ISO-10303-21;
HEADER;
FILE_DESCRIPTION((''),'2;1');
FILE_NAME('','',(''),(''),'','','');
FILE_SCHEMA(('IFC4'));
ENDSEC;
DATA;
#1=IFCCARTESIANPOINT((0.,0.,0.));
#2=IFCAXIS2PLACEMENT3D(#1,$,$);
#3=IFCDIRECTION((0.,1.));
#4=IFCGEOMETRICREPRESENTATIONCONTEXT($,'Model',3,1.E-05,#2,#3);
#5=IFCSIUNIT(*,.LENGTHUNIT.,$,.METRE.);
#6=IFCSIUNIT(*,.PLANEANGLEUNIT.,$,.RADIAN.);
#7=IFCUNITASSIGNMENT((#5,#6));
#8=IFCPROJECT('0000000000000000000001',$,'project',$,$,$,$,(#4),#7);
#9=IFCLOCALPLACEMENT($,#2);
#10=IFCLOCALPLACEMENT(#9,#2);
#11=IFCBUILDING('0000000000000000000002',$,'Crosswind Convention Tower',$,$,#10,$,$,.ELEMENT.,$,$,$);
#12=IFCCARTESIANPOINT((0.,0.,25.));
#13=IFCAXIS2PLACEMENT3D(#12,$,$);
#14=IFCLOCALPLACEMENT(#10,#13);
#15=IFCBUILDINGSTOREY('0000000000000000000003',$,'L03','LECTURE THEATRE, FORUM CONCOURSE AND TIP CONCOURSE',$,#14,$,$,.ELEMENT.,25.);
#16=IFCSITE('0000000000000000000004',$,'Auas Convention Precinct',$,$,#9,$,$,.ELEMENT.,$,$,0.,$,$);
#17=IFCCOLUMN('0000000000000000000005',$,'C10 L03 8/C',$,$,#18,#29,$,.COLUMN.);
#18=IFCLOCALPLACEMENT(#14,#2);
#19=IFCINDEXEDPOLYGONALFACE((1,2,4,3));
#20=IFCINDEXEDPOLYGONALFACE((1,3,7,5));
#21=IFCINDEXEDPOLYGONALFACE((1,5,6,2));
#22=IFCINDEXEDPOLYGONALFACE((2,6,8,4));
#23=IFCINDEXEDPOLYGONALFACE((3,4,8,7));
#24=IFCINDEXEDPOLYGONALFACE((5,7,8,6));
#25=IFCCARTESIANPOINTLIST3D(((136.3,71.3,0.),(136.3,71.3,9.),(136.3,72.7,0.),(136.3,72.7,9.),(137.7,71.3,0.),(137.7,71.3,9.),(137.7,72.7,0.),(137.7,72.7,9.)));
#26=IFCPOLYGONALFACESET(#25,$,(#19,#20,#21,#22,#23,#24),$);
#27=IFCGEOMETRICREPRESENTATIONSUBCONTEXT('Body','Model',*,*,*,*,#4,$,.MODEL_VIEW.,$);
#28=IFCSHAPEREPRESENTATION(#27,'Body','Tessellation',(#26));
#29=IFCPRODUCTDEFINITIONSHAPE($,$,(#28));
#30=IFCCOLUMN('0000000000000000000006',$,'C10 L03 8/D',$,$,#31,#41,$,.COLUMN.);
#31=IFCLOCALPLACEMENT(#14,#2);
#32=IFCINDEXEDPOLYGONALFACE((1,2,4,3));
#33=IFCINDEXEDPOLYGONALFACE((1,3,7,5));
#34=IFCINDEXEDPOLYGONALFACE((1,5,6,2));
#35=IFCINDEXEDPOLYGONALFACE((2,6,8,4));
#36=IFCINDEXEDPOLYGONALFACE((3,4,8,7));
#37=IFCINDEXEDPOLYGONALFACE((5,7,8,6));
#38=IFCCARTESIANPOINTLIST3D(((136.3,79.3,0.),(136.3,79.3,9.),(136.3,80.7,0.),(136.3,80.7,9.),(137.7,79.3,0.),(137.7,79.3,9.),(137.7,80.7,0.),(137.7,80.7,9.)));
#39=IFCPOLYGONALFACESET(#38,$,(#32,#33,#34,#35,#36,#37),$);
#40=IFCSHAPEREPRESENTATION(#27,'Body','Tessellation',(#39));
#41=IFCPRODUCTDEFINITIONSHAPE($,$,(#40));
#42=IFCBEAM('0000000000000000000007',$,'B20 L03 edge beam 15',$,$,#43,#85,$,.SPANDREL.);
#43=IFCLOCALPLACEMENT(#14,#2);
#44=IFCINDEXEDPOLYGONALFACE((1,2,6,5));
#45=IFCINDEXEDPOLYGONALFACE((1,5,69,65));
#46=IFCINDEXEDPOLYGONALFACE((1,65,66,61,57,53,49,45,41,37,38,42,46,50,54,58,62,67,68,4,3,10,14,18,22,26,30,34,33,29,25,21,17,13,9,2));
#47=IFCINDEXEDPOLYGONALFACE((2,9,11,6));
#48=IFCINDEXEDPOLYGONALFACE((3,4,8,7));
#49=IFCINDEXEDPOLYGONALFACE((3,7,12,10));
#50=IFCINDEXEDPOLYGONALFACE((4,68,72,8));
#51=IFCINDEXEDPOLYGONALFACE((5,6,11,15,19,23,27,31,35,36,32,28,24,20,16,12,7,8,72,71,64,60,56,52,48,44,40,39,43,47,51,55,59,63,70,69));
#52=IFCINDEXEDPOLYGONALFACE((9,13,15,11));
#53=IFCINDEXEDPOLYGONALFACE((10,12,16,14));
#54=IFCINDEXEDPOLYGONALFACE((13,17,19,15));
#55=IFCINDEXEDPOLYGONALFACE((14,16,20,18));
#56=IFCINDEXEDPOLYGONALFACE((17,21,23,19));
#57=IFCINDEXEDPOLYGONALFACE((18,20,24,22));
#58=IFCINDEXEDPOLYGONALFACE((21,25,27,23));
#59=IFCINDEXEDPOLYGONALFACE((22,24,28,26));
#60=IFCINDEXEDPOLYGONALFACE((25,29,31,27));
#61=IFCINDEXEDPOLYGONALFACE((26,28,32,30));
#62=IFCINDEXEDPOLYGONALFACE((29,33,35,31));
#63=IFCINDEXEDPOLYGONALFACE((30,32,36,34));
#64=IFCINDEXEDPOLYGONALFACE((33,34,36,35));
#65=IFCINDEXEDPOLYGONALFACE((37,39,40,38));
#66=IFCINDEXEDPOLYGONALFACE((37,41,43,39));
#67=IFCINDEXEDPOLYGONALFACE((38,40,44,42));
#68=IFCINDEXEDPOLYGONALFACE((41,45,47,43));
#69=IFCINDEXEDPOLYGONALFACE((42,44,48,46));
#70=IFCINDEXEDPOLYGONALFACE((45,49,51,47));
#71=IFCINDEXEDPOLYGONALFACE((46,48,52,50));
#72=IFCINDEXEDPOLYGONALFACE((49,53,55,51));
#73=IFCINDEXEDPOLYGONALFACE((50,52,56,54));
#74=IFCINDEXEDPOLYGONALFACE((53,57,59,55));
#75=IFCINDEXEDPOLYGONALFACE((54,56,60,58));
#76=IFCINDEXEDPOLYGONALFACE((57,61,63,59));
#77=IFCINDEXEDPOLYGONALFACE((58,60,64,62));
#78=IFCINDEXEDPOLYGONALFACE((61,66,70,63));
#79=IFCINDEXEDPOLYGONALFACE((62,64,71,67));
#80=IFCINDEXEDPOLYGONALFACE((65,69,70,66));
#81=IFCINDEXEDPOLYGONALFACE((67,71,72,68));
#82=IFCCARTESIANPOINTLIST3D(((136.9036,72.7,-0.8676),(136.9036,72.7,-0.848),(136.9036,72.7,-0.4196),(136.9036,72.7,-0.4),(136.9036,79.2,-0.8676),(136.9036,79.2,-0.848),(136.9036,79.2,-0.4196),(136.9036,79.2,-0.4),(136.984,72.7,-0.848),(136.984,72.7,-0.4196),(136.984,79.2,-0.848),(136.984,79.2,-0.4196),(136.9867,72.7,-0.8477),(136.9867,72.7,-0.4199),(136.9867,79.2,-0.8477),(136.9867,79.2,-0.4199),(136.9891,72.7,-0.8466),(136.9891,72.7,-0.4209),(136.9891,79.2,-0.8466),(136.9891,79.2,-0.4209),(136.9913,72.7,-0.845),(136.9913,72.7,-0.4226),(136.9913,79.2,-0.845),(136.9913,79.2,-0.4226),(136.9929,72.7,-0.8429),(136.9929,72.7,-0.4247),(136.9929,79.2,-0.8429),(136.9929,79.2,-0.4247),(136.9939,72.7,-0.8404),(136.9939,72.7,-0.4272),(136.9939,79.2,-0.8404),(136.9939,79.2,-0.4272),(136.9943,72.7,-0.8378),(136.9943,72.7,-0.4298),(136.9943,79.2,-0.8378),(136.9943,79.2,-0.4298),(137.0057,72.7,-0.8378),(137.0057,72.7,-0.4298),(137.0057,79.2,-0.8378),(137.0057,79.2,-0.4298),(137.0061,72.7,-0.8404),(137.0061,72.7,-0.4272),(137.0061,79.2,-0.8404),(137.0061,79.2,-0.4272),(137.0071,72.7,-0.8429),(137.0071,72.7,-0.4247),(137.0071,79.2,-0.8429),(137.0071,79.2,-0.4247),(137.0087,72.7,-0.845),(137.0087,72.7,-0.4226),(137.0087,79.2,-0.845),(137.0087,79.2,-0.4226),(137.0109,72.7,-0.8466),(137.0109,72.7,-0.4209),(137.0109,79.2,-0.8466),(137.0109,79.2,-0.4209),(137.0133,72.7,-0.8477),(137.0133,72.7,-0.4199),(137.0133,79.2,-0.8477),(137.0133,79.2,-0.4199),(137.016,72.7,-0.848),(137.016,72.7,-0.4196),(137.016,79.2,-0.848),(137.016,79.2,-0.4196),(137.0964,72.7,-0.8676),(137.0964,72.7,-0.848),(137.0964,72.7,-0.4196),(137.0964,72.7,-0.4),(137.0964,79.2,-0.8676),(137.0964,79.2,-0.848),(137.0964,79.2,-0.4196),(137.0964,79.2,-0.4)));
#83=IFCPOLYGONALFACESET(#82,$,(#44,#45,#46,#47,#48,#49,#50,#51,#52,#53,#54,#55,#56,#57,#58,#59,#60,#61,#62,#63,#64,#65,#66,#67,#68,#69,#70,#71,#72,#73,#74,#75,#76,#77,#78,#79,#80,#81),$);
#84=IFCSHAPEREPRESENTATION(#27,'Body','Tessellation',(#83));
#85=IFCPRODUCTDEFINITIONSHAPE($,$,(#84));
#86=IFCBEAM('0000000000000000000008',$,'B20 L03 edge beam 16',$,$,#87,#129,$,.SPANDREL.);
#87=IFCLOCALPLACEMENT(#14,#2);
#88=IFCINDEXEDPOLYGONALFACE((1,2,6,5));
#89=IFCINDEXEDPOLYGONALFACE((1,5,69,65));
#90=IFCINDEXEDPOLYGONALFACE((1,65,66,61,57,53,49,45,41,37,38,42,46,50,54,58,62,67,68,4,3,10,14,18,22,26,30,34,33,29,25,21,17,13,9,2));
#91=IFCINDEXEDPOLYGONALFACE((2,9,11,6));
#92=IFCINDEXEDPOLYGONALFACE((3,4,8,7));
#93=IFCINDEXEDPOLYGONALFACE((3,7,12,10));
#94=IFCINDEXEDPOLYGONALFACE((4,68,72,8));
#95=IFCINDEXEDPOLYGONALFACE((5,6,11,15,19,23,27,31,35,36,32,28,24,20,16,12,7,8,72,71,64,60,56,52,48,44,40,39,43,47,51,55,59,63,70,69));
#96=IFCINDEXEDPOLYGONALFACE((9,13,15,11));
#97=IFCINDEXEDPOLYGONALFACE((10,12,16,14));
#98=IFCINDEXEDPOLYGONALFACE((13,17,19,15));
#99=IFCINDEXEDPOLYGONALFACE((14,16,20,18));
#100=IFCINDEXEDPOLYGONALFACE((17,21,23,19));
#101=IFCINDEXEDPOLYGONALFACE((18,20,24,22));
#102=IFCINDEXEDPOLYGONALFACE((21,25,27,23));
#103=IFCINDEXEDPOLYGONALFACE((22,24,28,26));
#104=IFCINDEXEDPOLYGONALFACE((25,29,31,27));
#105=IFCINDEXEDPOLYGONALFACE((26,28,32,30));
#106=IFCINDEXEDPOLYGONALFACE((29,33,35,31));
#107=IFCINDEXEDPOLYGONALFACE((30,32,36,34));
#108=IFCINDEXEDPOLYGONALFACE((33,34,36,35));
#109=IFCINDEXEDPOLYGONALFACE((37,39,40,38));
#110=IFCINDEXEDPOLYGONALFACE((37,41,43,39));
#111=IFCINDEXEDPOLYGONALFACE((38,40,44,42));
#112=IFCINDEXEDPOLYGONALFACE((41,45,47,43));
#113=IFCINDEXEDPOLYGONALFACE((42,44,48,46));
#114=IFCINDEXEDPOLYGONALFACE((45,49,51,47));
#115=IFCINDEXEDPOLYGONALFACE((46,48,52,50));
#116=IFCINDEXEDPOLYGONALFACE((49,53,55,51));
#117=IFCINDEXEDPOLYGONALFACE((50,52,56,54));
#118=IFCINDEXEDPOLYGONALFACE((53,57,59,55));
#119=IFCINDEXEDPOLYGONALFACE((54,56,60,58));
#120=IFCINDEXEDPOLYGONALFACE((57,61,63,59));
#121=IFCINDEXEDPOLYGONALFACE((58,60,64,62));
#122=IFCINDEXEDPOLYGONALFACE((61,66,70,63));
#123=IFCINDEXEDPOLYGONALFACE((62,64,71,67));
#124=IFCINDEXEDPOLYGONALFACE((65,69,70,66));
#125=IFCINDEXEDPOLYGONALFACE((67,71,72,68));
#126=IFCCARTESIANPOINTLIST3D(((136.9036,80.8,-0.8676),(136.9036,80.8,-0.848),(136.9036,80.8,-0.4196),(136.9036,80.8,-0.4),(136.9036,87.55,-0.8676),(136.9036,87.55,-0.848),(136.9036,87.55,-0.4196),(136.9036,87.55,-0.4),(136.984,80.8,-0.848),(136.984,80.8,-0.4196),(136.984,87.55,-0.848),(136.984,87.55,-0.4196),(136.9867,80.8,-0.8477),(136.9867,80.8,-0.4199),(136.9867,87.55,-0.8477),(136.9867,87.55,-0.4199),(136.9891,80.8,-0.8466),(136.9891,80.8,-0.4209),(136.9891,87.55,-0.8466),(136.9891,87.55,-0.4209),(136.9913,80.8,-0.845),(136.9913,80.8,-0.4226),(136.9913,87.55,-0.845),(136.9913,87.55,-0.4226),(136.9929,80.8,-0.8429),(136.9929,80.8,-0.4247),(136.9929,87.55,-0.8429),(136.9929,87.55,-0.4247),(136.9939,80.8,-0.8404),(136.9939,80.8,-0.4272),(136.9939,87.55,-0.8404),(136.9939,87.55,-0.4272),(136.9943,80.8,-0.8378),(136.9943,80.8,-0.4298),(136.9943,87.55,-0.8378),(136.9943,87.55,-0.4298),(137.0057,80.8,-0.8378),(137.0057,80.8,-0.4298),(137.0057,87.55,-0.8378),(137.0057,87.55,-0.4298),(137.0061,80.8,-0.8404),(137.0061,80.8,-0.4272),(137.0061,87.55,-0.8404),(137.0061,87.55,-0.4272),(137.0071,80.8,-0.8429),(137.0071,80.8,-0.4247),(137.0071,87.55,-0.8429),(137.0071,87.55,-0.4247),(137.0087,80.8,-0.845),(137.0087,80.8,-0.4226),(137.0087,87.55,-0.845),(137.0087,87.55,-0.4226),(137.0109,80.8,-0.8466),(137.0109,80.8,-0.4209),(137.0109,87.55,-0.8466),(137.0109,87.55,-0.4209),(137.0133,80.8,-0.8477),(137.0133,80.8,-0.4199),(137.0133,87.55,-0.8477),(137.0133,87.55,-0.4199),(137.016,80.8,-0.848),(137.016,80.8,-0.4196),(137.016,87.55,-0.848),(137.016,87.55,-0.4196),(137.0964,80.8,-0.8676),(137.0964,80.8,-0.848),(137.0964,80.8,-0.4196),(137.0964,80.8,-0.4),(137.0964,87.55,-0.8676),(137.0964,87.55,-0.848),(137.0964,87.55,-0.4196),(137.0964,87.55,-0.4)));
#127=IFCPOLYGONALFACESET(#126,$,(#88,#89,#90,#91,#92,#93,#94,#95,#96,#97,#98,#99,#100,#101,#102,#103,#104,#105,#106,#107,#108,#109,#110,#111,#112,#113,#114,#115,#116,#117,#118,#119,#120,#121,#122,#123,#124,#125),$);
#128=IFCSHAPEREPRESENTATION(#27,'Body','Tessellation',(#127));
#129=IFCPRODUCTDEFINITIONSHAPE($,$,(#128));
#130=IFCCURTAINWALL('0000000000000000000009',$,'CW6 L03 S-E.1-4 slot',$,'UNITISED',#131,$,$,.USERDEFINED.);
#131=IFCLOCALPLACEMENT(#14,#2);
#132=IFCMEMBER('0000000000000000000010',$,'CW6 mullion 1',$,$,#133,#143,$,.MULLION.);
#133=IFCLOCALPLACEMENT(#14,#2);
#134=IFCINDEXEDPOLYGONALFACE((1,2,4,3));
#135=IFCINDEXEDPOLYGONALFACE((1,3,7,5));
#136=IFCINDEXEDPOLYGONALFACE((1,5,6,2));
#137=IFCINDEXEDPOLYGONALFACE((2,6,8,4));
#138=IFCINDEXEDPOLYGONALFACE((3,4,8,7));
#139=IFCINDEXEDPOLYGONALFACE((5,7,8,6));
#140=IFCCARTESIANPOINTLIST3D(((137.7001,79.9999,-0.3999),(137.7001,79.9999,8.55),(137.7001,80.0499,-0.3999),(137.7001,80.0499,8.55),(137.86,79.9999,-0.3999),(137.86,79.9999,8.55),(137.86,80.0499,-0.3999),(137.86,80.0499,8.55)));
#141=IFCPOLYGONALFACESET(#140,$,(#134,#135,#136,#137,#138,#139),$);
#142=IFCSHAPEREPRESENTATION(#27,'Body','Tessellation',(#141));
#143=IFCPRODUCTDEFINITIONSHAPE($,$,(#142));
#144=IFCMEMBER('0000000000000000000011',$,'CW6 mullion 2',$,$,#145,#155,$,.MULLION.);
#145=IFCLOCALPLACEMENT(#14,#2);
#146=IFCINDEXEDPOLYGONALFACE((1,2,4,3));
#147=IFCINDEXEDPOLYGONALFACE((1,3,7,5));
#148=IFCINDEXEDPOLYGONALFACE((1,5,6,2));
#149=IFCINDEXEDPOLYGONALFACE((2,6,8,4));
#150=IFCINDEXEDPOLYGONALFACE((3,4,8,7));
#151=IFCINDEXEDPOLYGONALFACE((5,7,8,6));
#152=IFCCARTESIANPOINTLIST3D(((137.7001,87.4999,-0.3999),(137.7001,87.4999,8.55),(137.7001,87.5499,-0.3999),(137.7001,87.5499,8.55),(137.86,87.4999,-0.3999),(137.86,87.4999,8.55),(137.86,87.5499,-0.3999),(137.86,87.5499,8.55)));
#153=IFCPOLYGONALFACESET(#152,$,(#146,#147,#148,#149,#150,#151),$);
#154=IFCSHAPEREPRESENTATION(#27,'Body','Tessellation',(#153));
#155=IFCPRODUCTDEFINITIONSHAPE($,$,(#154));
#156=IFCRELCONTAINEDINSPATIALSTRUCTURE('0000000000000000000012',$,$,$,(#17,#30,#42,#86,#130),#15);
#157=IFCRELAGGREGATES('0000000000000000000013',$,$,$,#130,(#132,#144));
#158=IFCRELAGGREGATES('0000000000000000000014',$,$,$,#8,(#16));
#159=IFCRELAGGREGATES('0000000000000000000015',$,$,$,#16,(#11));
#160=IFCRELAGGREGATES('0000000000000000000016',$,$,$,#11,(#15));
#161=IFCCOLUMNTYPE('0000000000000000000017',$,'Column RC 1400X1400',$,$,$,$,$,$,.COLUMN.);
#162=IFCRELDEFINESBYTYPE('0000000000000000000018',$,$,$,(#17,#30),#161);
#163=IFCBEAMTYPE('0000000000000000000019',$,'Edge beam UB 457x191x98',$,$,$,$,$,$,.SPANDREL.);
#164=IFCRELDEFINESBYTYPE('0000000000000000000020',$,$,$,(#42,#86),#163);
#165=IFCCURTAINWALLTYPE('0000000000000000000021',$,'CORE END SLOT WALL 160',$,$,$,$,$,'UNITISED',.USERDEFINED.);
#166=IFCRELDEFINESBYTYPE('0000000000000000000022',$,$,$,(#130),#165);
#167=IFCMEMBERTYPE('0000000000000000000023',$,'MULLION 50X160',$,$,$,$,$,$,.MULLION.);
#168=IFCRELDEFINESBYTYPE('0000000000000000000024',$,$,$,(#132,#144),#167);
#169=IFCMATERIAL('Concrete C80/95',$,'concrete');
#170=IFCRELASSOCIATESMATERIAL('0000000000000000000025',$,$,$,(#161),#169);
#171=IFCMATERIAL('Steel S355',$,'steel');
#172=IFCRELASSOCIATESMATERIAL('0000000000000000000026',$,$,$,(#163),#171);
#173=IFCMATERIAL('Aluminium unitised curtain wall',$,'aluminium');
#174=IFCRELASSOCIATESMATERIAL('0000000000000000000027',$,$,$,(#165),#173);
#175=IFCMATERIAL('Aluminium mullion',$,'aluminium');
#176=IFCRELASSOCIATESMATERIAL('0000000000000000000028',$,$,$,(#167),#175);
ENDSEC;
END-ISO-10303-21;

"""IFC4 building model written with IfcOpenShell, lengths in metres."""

from ifc_helpers import new_model, si_unit, direction, frame, origin, origin_2d, place, context, subcontext, project, spatial, rectangle, i_section, extrude, material, material_profile, profile_set, type_object, element, aggregate, save


model = new_model("IFC4")

# Units and contexts
model_context = context("Model", 3, precision=1e-05, world=origin(), true_north=direction((0.0, 1.0)))
body_context = subcontext(model_context, "Body", "Model", "MODEL_VIEW")
ifc_project = project(units=[si_unit("LENGTHUNIT", "METRE"), si_unit("PLANEANGLEUNIT", "RADIAN")], contexts=[model_context])

# Site, building, storey
site_placement = place(None, origin())
site = spatial("IfcSite", under=ifc_project, at=site_placement, Name="Auas Convention Precinct", CompositionType="ELEMENT", RefElevation=0.0)
building_placement = place(site_placement, origin())
building = spatial("IfcBuilding", under=site, at=building_placement, Name="Crosswind Convention Tower", CompositionType="ELEMENT")
storey_placement = place(building_placement, frame((0.0, 0.0, 25.0)))
storey = spatial("IfcBuildingStorey", under=building, at=storey_placement, Name="L03", Description="LECTURE THEATRE, FORUM CONCOURSE AND TIP CONCOURSE", CompositionType="ELEMENT", Elevation=25.0)

# Columns
ifc_material_1 = material(Name="Concrete C80/95", Category="concrete")
ifc_material_profile_1 = material_profile(ifc_material_1, rectangle(XDim=1.3999, YDim=1.3999, at=origin_2d()), Name="RC 1400X1400")
ifc_profile_set_1 = profile_set([ifc_material_profile_1], Name="Concrete C80/95")
column_type = type_object("IfcColumnType", Name="Column RC 1400X1400", PredefinedType="COLUMN", material=ifc_profile_set_1)
for number, where, z_axis, x_axis, name in (
    (1, (137.0, 72.0, 0.0), (0.0, 0.0, 1.0), (1.0, 0.0, 0.0), "C10 L03 8/C"),
    (2, (137.0, 80.0, 0.0), (0.0, 0.0, 1.0), (1.0, 0.0, 0.0), "C10 L03 8/D"),
):
    element("IfcColumn", number, at=place(storey_placement, frame(where, z_axis=z_axis, x_axis=x_axis)), inside=storey, type_object=column_type, Name=name, PredefinedType="COLUMN", context=body_context, shape_type="SweptSolid", body=[
        extrude(rectangle(XDim=1.3999, YDim=1.3999, at=origin_2d()), origin(), (0.0, 0.0, 1.0), 9.0),
    ])

# Beams
ifc_material_2 = material(Name="Steel S355", Category="steel")
ifc_material_profile_2 = material_profile(ifc_material_2, i_section(OverallWidth=0.1929, OverallDepth=0.4675, WebThickness=0.0115, FlangeThickness=0.0195, FilletRadius=0.0103, at=origin_2d()), Name="UB 457x191x98")
ifc_profile_set_2 = profile_set([ifc_material_profile_2], Name="Steel S355")
beam_type_1 = type_object("IfcBeamType", Name="Edge beam UB 457x191x98", PredefinedType="SPANDREL", material=ifc_profile_set_2)
beam_1_placement = place(storey_placement, frame((137.0, 72.7, -0.6338), z_axis=(0.0, 1.0, 0.0), x_axis=(-1.0, 0.0, 0.0)))
element("IfcBeam", 3, at=beam_1_placement, inside=storey, type_object=beam_type_1, Name="B20 L03 edge beam 15", PredefinedType="SPANDREL", context=body_context, shape_type="SweptSolid", body=[
    extrude(i_section(OverallWidth=0.1929, OverallDepth=0.4675, WebThickness=0.0115, FlangeThickness=0.0195, FilletRadius=0.0103, at=origin_2d()), origin(), (0.0, 0.0, 1.0), 6.5),
])
beam_2_placement = place(storey_placement, frame((137.0, 80.8, -0.6338), z_axis=(0.0, 1.0, 0.0), x_axis=(-1.0, 0.0, 0.0)))
element("IfcBeam", 4, at=beam_2_placement, inside=storey, type_object=beam_type_1, Name="B20 L03 edge beam 16", PredefinedType="SPANDREL", context=body_context, shape_type="SweptSolid", body=[
    extrude(i_section(OverallWidth=0.1929, OverallDepth=0.4675, WebThickness=0.0115, FlangeThickness=0.0195, FilletRadius=0.0103, at=origin_2d()), origin(), (0.0, 0.0, 1.0), 6.75),
])

# Curtain wall, members
ifc_material_3 = material(Name="Aluminium unitised curtain wall", Category="aluminium")
curtain_wall_type = type_object("IfcCurtainWallType", Name="CORE END SLOT WALL 160", ElementType="UNITISED", PredefinedType="USERDEFINED", material=ifc_material_3)
curtain_wall_placement = place(storey_placement, origin())
curtain_wall = element("IfcCurtainWall", 5, at=curtain_wall_placement, inside=storey, type_object=curtain_wall_type, Name="CW6 L03 S-E.1-4 slot", ObjectType="UNITISED", PredefinedType="USERDEFINED")
ifc_material_4 = material(Name="Aluminium mullion", Category="aluminium")
ifc_material_profile_3 = material_profile(ifc_material_4, rectangle(XDim=0.1599, YDim=0.05, at=origin_2d()), Name="AL 160X50")
ifc_profile_set_3 = profile_set([ifc_material_profile_3], Name="Aluminium mullion")
member_type_1 = type_object("IfcMemberType", Name="MULLION 50X160", PredefinedType="MULLION", material=ifc_profile_set_3)
member_1_placement = place(storey_placement, frame((137.78, 80.0249, -0.3999), z_axis=(0.0, 0.0, 1.0), x_axis=(1.0, 0.0, 0.0)))
member_1 = element("IfcMember", 6, at=member_1_placement, type_object=member_type_1, Name="CW6 mullion 1", PredefinedType="MULLION", context=body_context, shape_type="SweptSolid", body=[
    extrude(rectangle(XDim=0.1599, YDim=0.05, at=origin_2d()), origin(), (0.0, 0.0, 1.0), 8.95),
])
member_2_placement = place(storey_placement, frame((137.78, 87.5249, -0.3999), z_axis=(0.0, 0.0, 1.0), x_axis=(1.0, 0.0, 0.0)))
member_2 = element("IfcMember", 7, at=member_2_placement, type_object=member_type_1, Name="CW6 mullion 2", PredefinedType="MULLION", context=body_context, shape_type="SweptSolid", body=[
    extrude(rectangle(XDim=0.1599, YDim=0.05, at=origin_2d()), origin(), (0.0, 0.0, 1.0), 8.95),
])

aggregate(curtain_wall, [member_1, member_2])

save(model, "model.ifc")
